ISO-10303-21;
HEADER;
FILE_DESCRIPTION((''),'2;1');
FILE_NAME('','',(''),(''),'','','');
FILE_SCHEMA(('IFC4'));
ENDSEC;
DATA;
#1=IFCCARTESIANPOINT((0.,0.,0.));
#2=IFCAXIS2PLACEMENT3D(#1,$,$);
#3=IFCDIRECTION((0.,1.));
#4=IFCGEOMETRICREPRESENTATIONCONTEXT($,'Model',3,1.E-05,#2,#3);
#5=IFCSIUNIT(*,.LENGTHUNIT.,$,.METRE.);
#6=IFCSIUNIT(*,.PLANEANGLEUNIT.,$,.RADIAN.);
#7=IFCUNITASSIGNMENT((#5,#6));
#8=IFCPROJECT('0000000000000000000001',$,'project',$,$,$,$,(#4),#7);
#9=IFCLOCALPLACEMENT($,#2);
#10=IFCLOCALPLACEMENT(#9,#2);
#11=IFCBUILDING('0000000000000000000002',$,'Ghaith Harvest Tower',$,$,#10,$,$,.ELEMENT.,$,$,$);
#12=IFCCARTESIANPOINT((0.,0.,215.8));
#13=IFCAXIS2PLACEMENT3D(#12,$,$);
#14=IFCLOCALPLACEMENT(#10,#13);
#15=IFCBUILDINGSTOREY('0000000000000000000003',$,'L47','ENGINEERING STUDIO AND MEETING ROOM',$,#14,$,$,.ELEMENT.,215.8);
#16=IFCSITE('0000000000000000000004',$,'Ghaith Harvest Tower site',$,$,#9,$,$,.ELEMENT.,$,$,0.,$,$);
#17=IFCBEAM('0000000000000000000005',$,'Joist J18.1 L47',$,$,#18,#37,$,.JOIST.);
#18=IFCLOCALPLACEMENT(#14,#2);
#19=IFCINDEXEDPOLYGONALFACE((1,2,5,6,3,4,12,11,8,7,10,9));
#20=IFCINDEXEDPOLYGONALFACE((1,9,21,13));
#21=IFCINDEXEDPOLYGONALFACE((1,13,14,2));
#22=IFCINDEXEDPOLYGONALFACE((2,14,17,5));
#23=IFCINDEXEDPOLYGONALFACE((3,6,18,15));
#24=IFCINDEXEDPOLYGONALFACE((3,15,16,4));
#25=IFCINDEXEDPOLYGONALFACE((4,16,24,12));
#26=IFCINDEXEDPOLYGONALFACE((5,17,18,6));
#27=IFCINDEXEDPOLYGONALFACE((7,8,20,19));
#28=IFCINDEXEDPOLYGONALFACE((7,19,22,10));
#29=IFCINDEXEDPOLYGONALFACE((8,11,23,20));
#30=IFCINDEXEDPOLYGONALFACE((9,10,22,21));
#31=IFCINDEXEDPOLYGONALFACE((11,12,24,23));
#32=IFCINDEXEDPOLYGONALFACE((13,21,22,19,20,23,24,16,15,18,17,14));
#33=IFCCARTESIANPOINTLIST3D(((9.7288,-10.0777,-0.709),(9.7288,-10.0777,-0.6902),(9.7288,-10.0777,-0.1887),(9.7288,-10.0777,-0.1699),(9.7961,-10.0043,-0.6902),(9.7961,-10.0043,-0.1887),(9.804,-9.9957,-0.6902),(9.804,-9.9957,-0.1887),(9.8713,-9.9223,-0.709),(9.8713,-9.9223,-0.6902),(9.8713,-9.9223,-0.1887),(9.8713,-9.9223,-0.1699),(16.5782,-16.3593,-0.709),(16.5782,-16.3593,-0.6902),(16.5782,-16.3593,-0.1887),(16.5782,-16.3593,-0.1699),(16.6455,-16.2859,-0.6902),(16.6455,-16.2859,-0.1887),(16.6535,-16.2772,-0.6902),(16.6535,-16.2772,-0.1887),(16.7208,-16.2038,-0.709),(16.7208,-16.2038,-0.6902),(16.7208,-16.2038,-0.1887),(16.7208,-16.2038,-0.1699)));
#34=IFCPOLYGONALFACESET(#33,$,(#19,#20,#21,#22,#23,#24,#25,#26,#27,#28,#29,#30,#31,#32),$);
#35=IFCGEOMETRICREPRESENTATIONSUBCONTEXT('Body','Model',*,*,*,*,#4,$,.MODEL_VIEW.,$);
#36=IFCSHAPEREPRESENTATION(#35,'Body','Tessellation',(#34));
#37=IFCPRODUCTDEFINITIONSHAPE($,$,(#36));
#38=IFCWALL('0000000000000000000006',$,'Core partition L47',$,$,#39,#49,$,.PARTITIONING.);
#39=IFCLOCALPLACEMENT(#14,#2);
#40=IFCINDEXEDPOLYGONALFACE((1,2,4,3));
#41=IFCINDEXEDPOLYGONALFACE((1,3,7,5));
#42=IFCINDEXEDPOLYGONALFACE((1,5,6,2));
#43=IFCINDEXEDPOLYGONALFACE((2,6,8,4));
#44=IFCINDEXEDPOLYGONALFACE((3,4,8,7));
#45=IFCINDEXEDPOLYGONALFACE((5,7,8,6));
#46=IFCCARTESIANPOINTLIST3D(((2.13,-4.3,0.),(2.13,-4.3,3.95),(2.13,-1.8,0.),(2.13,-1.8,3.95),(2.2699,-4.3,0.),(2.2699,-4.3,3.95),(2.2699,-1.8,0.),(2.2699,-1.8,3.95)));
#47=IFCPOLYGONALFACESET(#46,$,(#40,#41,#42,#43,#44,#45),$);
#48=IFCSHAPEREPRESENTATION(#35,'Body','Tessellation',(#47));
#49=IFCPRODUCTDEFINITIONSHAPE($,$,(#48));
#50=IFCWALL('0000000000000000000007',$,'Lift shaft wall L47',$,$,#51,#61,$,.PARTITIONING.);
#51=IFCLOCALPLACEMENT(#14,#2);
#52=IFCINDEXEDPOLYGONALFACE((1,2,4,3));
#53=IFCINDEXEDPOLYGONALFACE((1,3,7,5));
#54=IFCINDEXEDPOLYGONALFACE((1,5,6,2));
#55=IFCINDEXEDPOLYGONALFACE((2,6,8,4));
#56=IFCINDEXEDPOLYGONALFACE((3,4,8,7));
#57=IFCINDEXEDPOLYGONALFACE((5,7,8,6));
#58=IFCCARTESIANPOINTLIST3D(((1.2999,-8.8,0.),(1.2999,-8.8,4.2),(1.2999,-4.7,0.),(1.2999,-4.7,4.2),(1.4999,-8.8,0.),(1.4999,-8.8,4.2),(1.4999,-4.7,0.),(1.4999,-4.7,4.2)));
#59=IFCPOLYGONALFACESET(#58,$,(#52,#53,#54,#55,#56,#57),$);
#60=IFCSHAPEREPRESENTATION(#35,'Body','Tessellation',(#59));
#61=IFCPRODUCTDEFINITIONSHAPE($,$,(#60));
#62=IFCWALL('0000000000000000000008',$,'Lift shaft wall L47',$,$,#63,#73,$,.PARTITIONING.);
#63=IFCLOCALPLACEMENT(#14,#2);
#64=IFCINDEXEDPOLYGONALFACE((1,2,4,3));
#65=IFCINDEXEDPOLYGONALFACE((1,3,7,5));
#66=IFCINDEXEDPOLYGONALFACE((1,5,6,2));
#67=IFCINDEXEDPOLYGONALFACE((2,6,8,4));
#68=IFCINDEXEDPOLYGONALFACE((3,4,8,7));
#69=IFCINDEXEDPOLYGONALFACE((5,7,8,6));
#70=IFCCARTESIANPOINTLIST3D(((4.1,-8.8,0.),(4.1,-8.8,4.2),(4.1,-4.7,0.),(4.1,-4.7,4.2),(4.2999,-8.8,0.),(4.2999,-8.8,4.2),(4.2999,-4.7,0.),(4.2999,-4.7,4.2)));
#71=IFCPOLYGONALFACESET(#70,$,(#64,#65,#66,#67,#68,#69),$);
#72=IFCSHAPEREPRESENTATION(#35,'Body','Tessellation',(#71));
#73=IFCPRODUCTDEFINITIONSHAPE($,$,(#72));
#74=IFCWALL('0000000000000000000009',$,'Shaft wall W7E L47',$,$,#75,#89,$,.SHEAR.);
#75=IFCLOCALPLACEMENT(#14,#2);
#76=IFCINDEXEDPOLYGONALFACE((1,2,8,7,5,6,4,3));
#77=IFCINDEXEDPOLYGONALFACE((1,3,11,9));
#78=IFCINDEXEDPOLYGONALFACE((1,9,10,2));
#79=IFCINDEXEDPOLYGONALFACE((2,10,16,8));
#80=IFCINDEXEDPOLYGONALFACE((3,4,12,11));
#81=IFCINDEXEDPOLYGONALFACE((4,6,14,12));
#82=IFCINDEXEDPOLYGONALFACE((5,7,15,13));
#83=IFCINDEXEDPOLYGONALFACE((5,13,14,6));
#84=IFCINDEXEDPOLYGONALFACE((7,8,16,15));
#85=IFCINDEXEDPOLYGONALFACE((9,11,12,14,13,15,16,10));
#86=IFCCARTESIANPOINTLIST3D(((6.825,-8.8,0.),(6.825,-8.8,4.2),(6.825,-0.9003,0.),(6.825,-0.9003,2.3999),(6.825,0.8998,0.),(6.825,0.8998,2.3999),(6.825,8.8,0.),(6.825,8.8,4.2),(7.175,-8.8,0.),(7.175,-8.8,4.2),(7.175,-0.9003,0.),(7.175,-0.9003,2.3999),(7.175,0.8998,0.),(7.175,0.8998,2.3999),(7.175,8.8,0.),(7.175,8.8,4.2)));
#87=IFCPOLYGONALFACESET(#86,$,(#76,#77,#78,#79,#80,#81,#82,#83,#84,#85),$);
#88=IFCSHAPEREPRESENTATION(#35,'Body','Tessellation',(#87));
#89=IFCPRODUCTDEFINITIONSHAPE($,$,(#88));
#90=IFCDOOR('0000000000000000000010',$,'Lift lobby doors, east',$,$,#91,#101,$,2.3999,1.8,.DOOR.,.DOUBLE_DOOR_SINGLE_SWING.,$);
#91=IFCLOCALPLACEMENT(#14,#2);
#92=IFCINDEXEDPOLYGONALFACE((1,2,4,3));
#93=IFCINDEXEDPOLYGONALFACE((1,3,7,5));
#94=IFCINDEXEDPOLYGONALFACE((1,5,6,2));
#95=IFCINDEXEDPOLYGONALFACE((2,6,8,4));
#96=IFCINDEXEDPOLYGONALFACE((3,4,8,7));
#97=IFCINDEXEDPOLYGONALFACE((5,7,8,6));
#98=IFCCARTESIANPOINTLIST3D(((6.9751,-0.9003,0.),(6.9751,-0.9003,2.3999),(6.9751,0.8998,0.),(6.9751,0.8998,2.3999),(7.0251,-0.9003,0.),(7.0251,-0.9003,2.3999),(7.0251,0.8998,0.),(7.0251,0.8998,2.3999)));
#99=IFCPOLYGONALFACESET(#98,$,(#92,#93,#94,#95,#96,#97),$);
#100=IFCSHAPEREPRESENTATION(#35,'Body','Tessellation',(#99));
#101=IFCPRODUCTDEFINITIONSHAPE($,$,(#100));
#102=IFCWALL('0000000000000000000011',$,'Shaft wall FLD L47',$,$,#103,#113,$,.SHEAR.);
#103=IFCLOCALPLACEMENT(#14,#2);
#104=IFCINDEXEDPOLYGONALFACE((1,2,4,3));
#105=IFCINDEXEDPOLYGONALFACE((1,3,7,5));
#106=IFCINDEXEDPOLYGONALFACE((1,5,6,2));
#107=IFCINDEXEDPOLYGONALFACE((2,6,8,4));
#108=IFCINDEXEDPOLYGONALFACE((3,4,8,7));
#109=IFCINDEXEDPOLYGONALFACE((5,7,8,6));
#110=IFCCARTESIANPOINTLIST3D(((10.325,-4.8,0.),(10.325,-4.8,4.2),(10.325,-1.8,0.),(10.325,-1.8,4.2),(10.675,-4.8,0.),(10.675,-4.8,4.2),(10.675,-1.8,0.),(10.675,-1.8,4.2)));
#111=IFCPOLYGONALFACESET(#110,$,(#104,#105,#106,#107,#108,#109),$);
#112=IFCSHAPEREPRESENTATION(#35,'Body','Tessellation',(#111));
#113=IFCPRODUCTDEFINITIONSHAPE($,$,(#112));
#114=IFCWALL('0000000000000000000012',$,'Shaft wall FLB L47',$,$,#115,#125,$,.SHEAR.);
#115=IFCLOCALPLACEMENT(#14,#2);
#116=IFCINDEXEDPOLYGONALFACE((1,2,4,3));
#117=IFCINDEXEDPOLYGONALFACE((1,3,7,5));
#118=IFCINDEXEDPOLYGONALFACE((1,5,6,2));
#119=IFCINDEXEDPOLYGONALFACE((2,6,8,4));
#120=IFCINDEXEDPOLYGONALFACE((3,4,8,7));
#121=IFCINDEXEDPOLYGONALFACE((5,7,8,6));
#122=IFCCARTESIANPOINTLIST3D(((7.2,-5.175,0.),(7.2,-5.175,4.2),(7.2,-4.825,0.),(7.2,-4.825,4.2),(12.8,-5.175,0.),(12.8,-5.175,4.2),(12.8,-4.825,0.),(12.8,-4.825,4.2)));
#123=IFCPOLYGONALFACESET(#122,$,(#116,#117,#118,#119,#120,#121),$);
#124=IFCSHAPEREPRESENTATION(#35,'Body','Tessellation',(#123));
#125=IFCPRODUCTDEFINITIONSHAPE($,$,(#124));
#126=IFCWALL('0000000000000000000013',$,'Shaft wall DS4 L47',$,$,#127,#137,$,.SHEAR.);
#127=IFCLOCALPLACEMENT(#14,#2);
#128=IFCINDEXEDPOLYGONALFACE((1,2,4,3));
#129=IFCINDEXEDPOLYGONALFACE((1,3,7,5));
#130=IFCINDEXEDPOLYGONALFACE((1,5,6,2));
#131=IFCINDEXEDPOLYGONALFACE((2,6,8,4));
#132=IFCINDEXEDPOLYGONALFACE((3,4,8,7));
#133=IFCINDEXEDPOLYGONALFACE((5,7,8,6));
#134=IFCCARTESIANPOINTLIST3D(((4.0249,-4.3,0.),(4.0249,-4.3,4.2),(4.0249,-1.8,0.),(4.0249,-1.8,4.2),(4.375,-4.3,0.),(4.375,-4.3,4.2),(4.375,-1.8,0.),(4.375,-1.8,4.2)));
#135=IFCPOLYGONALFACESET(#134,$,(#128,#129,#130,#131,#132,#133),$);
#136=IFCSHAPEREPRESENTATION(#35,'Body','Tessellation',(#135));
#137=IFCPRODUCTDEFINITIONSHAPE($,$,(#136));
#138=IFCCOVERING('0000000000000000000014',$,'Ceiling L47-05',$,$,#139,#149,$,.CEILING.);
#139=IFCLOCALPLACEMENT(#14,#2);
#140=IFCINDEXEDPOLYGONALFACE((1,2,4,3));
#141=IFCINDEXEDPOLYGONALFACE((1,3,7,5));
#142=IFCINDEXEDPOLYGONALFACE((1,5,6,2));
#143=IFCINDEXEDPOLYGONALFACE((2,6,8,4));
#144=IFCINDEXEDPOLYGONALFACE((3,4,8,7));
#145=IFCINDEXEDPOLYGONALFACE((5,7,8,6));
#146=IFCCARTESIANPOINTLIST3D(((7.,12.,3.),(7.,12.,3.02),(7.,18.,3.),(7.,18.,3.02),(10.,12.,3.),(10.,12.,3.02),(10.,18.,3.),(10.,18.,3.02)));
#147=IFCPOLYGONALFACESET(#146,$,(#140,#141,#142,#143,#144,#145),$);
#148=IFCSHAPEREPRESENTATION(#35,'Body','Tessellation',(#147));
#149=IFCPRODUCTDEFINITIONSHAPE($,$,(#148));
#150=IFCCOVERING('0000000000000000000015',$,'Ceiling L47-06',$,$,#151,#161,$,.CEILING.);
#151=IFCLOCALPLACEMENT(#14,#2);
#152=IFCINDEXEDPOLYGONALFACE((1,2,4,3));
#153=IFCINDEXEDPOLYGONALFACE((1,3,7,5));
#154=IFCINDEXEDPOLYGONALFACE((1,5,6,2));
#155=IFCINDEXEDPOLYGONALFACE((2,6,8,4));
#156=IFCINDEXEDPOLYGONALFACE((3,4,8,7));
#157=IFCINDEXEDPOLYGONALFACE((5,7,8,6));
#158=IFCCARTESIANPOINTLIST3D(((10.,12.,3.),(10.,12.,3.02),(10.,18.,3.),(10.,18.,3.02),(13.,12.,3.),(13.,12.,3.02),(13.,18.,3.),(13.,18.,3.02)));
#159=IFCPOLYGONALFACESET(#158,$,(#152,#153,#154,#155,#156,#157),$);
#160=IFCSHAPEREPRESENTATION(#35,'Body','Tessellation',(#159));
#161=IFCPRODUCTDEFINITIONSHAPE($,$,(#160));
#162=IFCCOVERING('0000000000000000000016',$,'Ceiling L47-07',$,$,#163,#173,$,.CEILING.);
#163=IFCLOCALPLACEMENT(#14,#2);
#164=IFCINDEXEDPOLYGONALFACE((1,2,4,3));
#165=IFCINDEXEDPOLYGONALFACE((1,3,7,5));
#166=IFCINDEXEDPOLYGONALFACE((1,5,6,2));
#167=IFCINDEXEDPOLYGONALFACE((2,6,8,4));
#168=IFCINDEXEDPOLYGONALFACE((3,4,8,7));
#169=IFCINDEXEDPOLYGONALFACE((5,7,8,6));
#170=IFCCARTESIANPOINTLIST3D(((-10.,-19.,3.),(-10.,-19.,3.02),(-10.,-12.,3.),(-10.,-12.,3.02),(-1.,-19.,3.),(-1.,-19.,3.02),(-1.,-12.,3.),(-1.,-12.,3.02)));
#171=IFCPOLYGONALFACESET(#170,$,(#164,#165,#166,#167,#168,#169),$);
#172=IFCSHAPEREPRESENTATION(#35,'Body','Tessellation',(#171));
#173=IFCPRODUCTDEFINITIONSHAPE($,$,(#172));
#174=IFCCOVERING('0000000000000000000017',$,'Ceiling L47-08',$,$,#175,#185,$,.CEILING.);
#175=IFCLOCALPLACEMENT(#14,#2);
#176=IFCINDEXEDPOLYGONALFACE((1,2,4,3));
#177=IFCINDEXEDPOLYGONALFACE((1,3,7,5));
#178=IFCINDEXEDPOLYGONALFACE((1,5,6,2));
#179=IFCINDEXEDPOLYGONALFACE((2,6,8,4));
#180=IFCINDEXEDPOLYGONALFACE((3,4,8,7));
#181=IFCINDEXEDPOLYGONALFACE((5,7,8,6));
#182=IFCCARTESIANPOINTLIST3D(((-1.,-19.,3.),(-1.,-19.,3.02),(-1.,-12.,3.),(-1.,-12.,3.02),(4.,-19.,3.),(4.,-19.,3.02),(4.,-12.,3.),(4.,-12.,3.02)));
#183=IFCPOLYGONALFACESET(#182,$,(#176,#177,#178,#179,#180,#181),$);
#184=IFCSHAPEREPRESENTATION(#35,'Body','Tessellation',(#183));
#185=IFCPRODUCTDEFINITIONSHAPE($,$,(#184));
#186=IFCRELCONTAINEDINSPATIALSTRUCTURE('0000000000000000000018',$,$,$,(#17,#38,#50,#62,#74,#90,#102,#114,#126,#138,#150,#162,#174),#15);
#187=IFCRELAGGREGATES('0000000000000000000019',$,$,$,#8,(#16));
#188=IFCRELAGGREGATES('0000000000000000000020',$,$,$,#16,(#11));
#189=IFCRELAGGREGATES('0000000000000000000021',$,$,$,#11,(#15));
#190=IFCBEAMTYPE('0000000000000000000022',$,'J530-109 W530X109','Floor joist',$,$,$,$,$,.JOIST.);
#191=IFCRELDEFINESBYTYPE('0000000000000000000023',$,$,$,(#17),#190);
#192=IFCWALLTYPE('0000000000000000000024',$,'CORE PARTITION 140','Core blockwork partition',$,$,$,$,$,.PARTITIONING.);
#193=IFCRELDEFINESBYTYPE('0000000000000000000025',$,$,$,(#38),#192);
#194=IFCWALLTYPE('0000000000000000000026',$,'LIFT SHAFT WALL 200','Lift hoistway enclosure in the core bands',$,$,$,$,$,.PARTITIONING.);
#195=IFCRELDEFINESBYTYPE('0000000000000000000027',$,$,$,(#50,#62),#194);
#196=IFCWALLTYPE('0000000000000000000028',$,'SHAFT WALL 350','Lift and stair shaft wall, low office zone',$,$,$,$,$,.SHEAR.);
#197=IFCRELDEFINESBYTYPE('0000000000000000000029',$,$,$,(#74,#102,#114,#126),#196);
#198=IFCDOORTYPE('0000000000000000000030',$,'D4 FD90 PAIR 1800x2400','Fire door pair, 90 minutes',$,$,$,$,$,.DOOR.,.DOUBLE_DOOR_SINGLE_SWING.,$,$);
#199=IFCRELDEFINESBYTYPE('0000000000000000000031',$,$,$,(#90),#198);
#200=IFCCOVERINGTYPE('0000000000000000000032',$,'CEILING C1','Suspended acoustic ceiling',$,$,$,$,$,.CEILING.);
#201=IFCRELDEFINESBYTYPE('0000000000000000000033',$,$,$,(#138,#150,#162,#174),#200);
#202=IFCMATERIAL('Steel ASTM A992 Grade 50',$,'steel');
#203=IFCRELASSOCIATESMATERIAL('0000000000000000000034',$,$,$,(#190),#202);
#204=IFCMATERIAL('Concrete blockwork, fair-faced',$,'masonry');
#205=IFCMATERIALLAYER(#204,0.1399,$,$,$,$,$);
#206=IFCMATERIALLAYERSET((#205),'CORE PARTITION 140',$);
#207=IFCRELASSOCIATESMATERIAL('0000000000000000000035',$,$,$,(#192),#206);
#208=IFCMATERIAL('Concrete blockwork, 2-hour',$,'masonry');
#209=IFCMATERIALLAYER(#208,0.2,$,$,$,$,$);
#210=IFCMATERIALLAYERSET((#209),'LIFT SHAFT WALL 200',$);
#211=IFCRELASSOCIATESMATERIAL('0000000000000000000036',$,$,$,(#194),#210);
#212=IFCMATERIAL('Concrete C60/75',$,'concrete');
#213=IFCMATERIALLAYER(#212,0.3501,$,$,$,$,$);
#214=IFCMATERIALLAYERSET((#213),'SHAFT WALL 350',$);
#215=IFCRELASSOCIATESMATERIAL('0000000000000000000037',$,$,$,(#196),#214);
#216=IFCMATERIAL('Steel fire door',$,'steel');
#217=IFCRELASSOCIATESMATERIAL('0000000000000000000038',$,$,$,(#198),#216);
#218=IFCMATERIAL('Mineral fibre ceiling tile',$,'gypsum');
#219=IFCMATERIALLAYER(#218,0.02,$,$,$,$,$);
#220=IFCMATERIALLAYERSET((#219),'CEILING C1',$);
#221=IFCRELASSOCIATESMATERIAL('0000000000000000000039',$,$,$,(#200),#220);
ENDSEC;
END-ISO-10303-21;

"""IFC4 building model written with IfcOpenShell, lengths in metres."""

from ifc_helpers import new_model, si_unit, direction, frame, frame_2d, origin, origin_2d, place, context, subcontext, project, spatial, polyline, rectangle, i_section, outline, extrude, material, layer, layer_set, material_profile, profile_set, type_object, element, fill, save


model = new_model("IFC4")

# Units and contexts
model_context = context("Model", 3, precision=1e-05, world=origin(), true_north=direction((0.0, 1.0)))
body_context = subcontext(model_context, "Body", "Model", "MODEL_VIEW")
ifc_project = project(units=[si_unit("LENGTHUNIT", "METRE"), si_unit("PLANEANGLEUNIT", "RADIAN")], contexts=[model_context])

# Site, building, storey
site_placement = place(None, origin())
site = spatial("IfcSite", under=ifc_project, at=site_placement, Name="Ghaith Harvest Tower site", CompositionType="ELEMENT", RefElevation=0.0)
building_placement = place(site_placement, origin())
building = spatial("IfcBuilding", under=site, at=building_placement, Name="Ghaith Harvest Tower", CompositionType="ELEMENT")
storey_placement = place(building_placement, frame((0.0, 0.0, 215.8)))
storey = spatial("IfcBuildingStorey", under=building, at=storey_placement, Name="L47", Description="ENGINEERING STUDIO AND MEETING ROOM", CompositionType="ELEMENT", Elevation=215.8)

# Beam
ifc_material_1 = material(Name="Steel ASTM A992 Grade 50", Category="steel")
ifc_material_profile = material_profile(ifc_material_1, i_section(OverallWidth=0.2109, OverallDepth=0.5391, WebThickness=0.0117, FlangeThickness=0.0188, at=origin_2d()), Name="W530X109")
ifc_profile_set = profile_set([ifc_material_profile], Name="Steel ASTM A992 Grade 50")
beam_type = type_object("IfcBeamType", Name="J530-109 W530X109", Description="Floor joist", PredefinedType="JOIST", material=ifc_profile_set)
beam_placement = place(storey_placement, frame((9.8, -10.0, -0.4395), z_axis=(0.736998, -0.675895, 0.0), x_axis=(0.675895, 0.736998, 0.0)))
element("IfcBeam", 1, at=beam_placement, inside=storey, type_object=beam_type, Name="Joist J18.1 L47", PredefinedType="JOIST", context=body_context, shape_type="SweptSolid", body=[
    extrude(i_section(OverallWidth=0.2109, OverallDepth=0.5391, WebThickness=0.0117, FlangeThickness=0.0188, at=origin_2d()), origin(), (0.0, 0.0, 1.0), 9.2937),
])

# Walls
ifc_material_2 = material(Name="Concrete blockwork, fair-faced", Category="masonry")
ifc_layer_1 = layer(ifc_material_2, 0.1399)
ifc_layer_set_1 = layer_set([ifc_layer_1], Name="CORE PARTITION 140")
wall_type_1 = type_object("IfcWallType", Name="CORE PARTITION 140", Description="Core blockwork partition", PredefinedType="PARTITIONING", material=ifc_layer_set_1)
wall_1_placement = place(storey_placement, frame((2.2, -1.8, 0.0), z_axis=(0.0, 0.0, 1.0), x_axis=(0.0, -1.0, 0.0)))
element("IfcWall", 2, at=wall_1_placement, inside=storey, type_object=wall_type_1, Name="Core partition L47", PredefinedType="PARTITIONING", context=body_context, shape_type="SweptSolid", body=[
    extrude(rectangle(XDim=2.5, YDim=0.1399, at=frame_2d((1.25, 0.0))), origin(), (0.0, 0.0, 1.0), 3.95),
])
ifc_material_3 = material(Name="Concrete blockwork, 2-hour", Category="masonry")
ifc_layer_2 = layer(ifc_material_3, 0.2)
ifc_layer_set_2 = layer_set([ifc_layer_2], Name="LIFT SHAFT WALL 200")
wall_type_2 = type_object("IfcWallType", Name="LIFT SHAFT WALL 200", Description="Lift hoistway enclosure in the core bands", PredefinedType="PARTITIONING", material=ifc_layer_set_2)
for number, where, z_axis, x_axis, name in (
    (3, (1.3999, -4.7, 0.0), (0.0, 0.0, 1.0), (0.0, -1.0, 0.0), "Lift shaft wall L47"),
    (4, (4.2, -4.7, 0.0), (0.0, 0.0, 1.0), (0.0, -1.0, 0.0), "Lift shaft wall L47"),
):
    element("IfcWall", number, at=place(storey_placement, frame(where, z_axis=z_axis, x_axis=x_axis)), inside=storey, type_object=wall_type_2, Name=name, PredefinedType="PARTITIONING", context=body_context, shape_type="SweptSolid", body=[
        extrude(rectangle(XDim=4.1001, YDim=0.2, at=frame_2d((2.05, 0.0))), origin(), (0.0, 0.0, 1.0), 4.2),
    ])

# Wall, opening, door
ifc_material_4 = material(Name="Concrete C60/75", Category="concrete")
ifc_layer_3 = layer(ifc_material_4, 0.3501)
ifc_layer_set_3 = layer_set([ifc_layer_3], Name="SHAFT WALL 350")
wall_type_3 = type_object("IfcWallType", Name="SHAFT WALL 350", Description="Lift and stair shaft wall, low office zone", PredefinedType="SHEAR", material=ifc_layer_set_3)
wall_2_placement = place(storey_placement, frame((7.0, -8.8, 0.0), z_axis=(0.0, 0.0, 1.0), x_axis=(0.0, 1.0, 0.0)))
wall_2 = element("IfcWall", 5, at=wall_2_placement, inside=storey, type_object=wall_type_3, Name="Shaft wall W7E L47", PredefinedType="SHEAR", context=body_context, shape_type="SweptSolid", body=[
    extrude(rectangle(XDim=17.6001, YDim=0.3501, at=frame_2d((8.8, 0.0))), origin(), (0.0, 0.0, 1.0), 4.2),
])
opening_1_placement = place(wall_2_placement, frame((7.8999, 0.0, 0.0)))
opening_1 = element("IfcOpeningElement", 6, at=opening_1_placement, cuts=wall_2, PredefinedType="OPENING", context=body_context, shape_type="SweptSolid", body=[
    extrude(rectangle(XDim=1.8, YDim=2.3999, at=frame_2d((0.8999, 1.2))), frame((0.0, 0.1851, 0.0), z_axis=(0.0, -1.0, 0.0), x_axis=(1.0, 0.0, 0.0)), (0.0, 0.0, 1.0), 0.3701),
])
ifc_material_5 = material(Name="Steel fire door", Category="steel")
door_type_1 = type_object("IfcDoorType", Name="D4 FD90 PAIR 1800x2400", Description="Fire door pair, 90 minutes", OperationType="DOUBLE_DOOR_SINGLE_SWING", PredefinedType="DOOR", material=ifc_material_5)
door_1_placement = place(opening_1_placement, origin())
door_1 = element("IfcDoor", 7, at=door_1_placement, inside=storey, type_object=door_type_1, Name="Lift lobby doors, east", OperationType="DOUBLE_DOOR_SINGLE_SWING", OverallHeight=2.3999, OverallWidth=1.8, PredefinedType="DOOR", context=body_context, shape_type="SweptSolid", body=[
    extrude(rectangle(XDim=1.8, YDim=2.3999, at=frame_2d((0.8999, 1.2))), frame((0.0, 0.0249, 0.0), z_axis=(0.0, -1.0, 0.0), x_axis=(1.0, 0.0, 0.0)), (0.0, 0.0, 1.0), 0.05),
])
fill(opening_1, door_1)

# Walls
wall_3_placement = place(storey_placement, frame((10.5, -4.8, 0.0), z_axis=(0.0, 0.0, 1.0), x_axis=(0.0, 1.0, 0.0)))
element("IfcWall", 8, at=wall_3_placement, inside=storey, type_object=wall_type_3, Name="Shaft wall FLD L47", PredefinedType="SHEAR", context=body_context, shape_type="SweptSolid", body=[
    extrude(rectangle(XDim=3.0, YDim=0.3501, at=frame_2d((1.5, 0.0))), origin(), (0.0, 0.0, 1.0), 4.2),
])
wall_4_placement = place(storey_placement, frame((7.2, -5.0, 0.0), z_axis=(0.0, 0.0, 1.0), x_axis=(1.0, 0.0, 0.0)))
element("IfcWall", 9, at=wall_4_placement, inside=storey, type_object=wall_type_3, Name="Shaft wall FLB L47", PredefinedType="SHEAR", context=body_context, shape_type="SweptSolid", body=[
    extrude(rectangle(XDim=5.6001, YDim=0.3501, at=frame_2d((2.8, 0.0))), origin(), (0.0, 0.0, 1.0), 4.2),
])
wall_5_placement = place(storey_placement, frame((4.2, -4.3, 0.0), z_axis=(0.0, 0.0, 1.0), x_axis=(0.0, 1.0, 0.0)))
element("IfcWall", 10, at=wall_5_placement, inside=storey, type_object=wall_type_3, Name="Shaft wall DS4 L47", PredefinedType="SHEAR", context=body_context, shape_type="SweptSolid", body=[
    extrude(rectangle(XDim=2.5, YDim=0.3501, at=frame_2d((1.25, 0.0))), origin(), (0.0, 0.0, 1.0), 4.2),
])

# Coverings
ifc_material_6 = material(Name="Mineral fibre ceiling tile", Category="gypsum")
ifc_layer_4 = layer(ifc_material_6, 0.02)
ifc_layer_set_4 = layer_set([ifc_layer_4], Name="CEILING C1")
covering_type = type_object("IfcCoveringType", Name="CEILING C1", Description="Suspended acoustic ceiling", PredefinedType="CEILING", material=ifc_layer_set_4)
covering_1_placement = place(storey_placement, frame((0.0, 0.0, 3.0)))
element("IfcCovering", 11, at=covering_1_placement, inside=storey, type_object=covering_type, Name="Ceiling L47-05", PredefinedType="CEILING", context=body_context, shape_type="SweptSolid", body=[
    extrude(outline(polyline([(7.0, 12.0), (10.0, 12.0), (10.0, 18.0), (7.0, 18.0), (7.0, 12.0)])), origin(), (0.0, 0.0, 1.0), 0.02),
])
covering_2_placement = place(storey_placement, frame((0.0, 0.0, 3.0)))
element("IfcCovering", 12, at=covering_2_placement, inside=storey, type_object=covering_type, Name="Ceiling L47-06", PredefinedType="CEILING", context=body_context, shape_type="SweptSolid", body=[
    extrude(outline(polyline([(10.0, 12.0), (13.0, 12.0), (13.0, 18.0), (10.0, 18.0), (10.0, 12.0)])), origin(), (0.0, 0.0, 1.0), 0.02),
])
covering_3_placement = place(storey_placement, frame((0.0, 0.0, 3.0)))
element("IfcCovering", 13, at=covering_3_placement, inside=storey, type_object=covering_type, Name="Ceiling L47-07", PredefinedType="CEILING", context=body_context, shape_type="SweptSolid", body=[
    extrude(outline(polyline([(-10.0, -19.0), (-1.0, -19.0), (-1.0, -12.0), (-10.0, -12.0), (-10.0, -19.0)])), origin(), (0.0, 0.0, 1.0), 0.02),
])
covering_4_placement = place(storey_placement, frame((0.0, 0.0, 3.0)))
element("IfcCovering", 14, at=covering_4_placement, inside=storey, type_object=covering_type, Name="Ceiling L47-08", PredefinedType="CEILING", context=body_context, shape_type="SweptSolid", body=[
    extrude(outline(polyline([(-1.0, -19.0), (4.0, -19.0), (4.0, -12.0), (-1.0, -12.0), (-1.0, -19.0)])), origin(), (0.0, 0.0, 1.0), 0.02),
])

save(model, "model.ifc")
